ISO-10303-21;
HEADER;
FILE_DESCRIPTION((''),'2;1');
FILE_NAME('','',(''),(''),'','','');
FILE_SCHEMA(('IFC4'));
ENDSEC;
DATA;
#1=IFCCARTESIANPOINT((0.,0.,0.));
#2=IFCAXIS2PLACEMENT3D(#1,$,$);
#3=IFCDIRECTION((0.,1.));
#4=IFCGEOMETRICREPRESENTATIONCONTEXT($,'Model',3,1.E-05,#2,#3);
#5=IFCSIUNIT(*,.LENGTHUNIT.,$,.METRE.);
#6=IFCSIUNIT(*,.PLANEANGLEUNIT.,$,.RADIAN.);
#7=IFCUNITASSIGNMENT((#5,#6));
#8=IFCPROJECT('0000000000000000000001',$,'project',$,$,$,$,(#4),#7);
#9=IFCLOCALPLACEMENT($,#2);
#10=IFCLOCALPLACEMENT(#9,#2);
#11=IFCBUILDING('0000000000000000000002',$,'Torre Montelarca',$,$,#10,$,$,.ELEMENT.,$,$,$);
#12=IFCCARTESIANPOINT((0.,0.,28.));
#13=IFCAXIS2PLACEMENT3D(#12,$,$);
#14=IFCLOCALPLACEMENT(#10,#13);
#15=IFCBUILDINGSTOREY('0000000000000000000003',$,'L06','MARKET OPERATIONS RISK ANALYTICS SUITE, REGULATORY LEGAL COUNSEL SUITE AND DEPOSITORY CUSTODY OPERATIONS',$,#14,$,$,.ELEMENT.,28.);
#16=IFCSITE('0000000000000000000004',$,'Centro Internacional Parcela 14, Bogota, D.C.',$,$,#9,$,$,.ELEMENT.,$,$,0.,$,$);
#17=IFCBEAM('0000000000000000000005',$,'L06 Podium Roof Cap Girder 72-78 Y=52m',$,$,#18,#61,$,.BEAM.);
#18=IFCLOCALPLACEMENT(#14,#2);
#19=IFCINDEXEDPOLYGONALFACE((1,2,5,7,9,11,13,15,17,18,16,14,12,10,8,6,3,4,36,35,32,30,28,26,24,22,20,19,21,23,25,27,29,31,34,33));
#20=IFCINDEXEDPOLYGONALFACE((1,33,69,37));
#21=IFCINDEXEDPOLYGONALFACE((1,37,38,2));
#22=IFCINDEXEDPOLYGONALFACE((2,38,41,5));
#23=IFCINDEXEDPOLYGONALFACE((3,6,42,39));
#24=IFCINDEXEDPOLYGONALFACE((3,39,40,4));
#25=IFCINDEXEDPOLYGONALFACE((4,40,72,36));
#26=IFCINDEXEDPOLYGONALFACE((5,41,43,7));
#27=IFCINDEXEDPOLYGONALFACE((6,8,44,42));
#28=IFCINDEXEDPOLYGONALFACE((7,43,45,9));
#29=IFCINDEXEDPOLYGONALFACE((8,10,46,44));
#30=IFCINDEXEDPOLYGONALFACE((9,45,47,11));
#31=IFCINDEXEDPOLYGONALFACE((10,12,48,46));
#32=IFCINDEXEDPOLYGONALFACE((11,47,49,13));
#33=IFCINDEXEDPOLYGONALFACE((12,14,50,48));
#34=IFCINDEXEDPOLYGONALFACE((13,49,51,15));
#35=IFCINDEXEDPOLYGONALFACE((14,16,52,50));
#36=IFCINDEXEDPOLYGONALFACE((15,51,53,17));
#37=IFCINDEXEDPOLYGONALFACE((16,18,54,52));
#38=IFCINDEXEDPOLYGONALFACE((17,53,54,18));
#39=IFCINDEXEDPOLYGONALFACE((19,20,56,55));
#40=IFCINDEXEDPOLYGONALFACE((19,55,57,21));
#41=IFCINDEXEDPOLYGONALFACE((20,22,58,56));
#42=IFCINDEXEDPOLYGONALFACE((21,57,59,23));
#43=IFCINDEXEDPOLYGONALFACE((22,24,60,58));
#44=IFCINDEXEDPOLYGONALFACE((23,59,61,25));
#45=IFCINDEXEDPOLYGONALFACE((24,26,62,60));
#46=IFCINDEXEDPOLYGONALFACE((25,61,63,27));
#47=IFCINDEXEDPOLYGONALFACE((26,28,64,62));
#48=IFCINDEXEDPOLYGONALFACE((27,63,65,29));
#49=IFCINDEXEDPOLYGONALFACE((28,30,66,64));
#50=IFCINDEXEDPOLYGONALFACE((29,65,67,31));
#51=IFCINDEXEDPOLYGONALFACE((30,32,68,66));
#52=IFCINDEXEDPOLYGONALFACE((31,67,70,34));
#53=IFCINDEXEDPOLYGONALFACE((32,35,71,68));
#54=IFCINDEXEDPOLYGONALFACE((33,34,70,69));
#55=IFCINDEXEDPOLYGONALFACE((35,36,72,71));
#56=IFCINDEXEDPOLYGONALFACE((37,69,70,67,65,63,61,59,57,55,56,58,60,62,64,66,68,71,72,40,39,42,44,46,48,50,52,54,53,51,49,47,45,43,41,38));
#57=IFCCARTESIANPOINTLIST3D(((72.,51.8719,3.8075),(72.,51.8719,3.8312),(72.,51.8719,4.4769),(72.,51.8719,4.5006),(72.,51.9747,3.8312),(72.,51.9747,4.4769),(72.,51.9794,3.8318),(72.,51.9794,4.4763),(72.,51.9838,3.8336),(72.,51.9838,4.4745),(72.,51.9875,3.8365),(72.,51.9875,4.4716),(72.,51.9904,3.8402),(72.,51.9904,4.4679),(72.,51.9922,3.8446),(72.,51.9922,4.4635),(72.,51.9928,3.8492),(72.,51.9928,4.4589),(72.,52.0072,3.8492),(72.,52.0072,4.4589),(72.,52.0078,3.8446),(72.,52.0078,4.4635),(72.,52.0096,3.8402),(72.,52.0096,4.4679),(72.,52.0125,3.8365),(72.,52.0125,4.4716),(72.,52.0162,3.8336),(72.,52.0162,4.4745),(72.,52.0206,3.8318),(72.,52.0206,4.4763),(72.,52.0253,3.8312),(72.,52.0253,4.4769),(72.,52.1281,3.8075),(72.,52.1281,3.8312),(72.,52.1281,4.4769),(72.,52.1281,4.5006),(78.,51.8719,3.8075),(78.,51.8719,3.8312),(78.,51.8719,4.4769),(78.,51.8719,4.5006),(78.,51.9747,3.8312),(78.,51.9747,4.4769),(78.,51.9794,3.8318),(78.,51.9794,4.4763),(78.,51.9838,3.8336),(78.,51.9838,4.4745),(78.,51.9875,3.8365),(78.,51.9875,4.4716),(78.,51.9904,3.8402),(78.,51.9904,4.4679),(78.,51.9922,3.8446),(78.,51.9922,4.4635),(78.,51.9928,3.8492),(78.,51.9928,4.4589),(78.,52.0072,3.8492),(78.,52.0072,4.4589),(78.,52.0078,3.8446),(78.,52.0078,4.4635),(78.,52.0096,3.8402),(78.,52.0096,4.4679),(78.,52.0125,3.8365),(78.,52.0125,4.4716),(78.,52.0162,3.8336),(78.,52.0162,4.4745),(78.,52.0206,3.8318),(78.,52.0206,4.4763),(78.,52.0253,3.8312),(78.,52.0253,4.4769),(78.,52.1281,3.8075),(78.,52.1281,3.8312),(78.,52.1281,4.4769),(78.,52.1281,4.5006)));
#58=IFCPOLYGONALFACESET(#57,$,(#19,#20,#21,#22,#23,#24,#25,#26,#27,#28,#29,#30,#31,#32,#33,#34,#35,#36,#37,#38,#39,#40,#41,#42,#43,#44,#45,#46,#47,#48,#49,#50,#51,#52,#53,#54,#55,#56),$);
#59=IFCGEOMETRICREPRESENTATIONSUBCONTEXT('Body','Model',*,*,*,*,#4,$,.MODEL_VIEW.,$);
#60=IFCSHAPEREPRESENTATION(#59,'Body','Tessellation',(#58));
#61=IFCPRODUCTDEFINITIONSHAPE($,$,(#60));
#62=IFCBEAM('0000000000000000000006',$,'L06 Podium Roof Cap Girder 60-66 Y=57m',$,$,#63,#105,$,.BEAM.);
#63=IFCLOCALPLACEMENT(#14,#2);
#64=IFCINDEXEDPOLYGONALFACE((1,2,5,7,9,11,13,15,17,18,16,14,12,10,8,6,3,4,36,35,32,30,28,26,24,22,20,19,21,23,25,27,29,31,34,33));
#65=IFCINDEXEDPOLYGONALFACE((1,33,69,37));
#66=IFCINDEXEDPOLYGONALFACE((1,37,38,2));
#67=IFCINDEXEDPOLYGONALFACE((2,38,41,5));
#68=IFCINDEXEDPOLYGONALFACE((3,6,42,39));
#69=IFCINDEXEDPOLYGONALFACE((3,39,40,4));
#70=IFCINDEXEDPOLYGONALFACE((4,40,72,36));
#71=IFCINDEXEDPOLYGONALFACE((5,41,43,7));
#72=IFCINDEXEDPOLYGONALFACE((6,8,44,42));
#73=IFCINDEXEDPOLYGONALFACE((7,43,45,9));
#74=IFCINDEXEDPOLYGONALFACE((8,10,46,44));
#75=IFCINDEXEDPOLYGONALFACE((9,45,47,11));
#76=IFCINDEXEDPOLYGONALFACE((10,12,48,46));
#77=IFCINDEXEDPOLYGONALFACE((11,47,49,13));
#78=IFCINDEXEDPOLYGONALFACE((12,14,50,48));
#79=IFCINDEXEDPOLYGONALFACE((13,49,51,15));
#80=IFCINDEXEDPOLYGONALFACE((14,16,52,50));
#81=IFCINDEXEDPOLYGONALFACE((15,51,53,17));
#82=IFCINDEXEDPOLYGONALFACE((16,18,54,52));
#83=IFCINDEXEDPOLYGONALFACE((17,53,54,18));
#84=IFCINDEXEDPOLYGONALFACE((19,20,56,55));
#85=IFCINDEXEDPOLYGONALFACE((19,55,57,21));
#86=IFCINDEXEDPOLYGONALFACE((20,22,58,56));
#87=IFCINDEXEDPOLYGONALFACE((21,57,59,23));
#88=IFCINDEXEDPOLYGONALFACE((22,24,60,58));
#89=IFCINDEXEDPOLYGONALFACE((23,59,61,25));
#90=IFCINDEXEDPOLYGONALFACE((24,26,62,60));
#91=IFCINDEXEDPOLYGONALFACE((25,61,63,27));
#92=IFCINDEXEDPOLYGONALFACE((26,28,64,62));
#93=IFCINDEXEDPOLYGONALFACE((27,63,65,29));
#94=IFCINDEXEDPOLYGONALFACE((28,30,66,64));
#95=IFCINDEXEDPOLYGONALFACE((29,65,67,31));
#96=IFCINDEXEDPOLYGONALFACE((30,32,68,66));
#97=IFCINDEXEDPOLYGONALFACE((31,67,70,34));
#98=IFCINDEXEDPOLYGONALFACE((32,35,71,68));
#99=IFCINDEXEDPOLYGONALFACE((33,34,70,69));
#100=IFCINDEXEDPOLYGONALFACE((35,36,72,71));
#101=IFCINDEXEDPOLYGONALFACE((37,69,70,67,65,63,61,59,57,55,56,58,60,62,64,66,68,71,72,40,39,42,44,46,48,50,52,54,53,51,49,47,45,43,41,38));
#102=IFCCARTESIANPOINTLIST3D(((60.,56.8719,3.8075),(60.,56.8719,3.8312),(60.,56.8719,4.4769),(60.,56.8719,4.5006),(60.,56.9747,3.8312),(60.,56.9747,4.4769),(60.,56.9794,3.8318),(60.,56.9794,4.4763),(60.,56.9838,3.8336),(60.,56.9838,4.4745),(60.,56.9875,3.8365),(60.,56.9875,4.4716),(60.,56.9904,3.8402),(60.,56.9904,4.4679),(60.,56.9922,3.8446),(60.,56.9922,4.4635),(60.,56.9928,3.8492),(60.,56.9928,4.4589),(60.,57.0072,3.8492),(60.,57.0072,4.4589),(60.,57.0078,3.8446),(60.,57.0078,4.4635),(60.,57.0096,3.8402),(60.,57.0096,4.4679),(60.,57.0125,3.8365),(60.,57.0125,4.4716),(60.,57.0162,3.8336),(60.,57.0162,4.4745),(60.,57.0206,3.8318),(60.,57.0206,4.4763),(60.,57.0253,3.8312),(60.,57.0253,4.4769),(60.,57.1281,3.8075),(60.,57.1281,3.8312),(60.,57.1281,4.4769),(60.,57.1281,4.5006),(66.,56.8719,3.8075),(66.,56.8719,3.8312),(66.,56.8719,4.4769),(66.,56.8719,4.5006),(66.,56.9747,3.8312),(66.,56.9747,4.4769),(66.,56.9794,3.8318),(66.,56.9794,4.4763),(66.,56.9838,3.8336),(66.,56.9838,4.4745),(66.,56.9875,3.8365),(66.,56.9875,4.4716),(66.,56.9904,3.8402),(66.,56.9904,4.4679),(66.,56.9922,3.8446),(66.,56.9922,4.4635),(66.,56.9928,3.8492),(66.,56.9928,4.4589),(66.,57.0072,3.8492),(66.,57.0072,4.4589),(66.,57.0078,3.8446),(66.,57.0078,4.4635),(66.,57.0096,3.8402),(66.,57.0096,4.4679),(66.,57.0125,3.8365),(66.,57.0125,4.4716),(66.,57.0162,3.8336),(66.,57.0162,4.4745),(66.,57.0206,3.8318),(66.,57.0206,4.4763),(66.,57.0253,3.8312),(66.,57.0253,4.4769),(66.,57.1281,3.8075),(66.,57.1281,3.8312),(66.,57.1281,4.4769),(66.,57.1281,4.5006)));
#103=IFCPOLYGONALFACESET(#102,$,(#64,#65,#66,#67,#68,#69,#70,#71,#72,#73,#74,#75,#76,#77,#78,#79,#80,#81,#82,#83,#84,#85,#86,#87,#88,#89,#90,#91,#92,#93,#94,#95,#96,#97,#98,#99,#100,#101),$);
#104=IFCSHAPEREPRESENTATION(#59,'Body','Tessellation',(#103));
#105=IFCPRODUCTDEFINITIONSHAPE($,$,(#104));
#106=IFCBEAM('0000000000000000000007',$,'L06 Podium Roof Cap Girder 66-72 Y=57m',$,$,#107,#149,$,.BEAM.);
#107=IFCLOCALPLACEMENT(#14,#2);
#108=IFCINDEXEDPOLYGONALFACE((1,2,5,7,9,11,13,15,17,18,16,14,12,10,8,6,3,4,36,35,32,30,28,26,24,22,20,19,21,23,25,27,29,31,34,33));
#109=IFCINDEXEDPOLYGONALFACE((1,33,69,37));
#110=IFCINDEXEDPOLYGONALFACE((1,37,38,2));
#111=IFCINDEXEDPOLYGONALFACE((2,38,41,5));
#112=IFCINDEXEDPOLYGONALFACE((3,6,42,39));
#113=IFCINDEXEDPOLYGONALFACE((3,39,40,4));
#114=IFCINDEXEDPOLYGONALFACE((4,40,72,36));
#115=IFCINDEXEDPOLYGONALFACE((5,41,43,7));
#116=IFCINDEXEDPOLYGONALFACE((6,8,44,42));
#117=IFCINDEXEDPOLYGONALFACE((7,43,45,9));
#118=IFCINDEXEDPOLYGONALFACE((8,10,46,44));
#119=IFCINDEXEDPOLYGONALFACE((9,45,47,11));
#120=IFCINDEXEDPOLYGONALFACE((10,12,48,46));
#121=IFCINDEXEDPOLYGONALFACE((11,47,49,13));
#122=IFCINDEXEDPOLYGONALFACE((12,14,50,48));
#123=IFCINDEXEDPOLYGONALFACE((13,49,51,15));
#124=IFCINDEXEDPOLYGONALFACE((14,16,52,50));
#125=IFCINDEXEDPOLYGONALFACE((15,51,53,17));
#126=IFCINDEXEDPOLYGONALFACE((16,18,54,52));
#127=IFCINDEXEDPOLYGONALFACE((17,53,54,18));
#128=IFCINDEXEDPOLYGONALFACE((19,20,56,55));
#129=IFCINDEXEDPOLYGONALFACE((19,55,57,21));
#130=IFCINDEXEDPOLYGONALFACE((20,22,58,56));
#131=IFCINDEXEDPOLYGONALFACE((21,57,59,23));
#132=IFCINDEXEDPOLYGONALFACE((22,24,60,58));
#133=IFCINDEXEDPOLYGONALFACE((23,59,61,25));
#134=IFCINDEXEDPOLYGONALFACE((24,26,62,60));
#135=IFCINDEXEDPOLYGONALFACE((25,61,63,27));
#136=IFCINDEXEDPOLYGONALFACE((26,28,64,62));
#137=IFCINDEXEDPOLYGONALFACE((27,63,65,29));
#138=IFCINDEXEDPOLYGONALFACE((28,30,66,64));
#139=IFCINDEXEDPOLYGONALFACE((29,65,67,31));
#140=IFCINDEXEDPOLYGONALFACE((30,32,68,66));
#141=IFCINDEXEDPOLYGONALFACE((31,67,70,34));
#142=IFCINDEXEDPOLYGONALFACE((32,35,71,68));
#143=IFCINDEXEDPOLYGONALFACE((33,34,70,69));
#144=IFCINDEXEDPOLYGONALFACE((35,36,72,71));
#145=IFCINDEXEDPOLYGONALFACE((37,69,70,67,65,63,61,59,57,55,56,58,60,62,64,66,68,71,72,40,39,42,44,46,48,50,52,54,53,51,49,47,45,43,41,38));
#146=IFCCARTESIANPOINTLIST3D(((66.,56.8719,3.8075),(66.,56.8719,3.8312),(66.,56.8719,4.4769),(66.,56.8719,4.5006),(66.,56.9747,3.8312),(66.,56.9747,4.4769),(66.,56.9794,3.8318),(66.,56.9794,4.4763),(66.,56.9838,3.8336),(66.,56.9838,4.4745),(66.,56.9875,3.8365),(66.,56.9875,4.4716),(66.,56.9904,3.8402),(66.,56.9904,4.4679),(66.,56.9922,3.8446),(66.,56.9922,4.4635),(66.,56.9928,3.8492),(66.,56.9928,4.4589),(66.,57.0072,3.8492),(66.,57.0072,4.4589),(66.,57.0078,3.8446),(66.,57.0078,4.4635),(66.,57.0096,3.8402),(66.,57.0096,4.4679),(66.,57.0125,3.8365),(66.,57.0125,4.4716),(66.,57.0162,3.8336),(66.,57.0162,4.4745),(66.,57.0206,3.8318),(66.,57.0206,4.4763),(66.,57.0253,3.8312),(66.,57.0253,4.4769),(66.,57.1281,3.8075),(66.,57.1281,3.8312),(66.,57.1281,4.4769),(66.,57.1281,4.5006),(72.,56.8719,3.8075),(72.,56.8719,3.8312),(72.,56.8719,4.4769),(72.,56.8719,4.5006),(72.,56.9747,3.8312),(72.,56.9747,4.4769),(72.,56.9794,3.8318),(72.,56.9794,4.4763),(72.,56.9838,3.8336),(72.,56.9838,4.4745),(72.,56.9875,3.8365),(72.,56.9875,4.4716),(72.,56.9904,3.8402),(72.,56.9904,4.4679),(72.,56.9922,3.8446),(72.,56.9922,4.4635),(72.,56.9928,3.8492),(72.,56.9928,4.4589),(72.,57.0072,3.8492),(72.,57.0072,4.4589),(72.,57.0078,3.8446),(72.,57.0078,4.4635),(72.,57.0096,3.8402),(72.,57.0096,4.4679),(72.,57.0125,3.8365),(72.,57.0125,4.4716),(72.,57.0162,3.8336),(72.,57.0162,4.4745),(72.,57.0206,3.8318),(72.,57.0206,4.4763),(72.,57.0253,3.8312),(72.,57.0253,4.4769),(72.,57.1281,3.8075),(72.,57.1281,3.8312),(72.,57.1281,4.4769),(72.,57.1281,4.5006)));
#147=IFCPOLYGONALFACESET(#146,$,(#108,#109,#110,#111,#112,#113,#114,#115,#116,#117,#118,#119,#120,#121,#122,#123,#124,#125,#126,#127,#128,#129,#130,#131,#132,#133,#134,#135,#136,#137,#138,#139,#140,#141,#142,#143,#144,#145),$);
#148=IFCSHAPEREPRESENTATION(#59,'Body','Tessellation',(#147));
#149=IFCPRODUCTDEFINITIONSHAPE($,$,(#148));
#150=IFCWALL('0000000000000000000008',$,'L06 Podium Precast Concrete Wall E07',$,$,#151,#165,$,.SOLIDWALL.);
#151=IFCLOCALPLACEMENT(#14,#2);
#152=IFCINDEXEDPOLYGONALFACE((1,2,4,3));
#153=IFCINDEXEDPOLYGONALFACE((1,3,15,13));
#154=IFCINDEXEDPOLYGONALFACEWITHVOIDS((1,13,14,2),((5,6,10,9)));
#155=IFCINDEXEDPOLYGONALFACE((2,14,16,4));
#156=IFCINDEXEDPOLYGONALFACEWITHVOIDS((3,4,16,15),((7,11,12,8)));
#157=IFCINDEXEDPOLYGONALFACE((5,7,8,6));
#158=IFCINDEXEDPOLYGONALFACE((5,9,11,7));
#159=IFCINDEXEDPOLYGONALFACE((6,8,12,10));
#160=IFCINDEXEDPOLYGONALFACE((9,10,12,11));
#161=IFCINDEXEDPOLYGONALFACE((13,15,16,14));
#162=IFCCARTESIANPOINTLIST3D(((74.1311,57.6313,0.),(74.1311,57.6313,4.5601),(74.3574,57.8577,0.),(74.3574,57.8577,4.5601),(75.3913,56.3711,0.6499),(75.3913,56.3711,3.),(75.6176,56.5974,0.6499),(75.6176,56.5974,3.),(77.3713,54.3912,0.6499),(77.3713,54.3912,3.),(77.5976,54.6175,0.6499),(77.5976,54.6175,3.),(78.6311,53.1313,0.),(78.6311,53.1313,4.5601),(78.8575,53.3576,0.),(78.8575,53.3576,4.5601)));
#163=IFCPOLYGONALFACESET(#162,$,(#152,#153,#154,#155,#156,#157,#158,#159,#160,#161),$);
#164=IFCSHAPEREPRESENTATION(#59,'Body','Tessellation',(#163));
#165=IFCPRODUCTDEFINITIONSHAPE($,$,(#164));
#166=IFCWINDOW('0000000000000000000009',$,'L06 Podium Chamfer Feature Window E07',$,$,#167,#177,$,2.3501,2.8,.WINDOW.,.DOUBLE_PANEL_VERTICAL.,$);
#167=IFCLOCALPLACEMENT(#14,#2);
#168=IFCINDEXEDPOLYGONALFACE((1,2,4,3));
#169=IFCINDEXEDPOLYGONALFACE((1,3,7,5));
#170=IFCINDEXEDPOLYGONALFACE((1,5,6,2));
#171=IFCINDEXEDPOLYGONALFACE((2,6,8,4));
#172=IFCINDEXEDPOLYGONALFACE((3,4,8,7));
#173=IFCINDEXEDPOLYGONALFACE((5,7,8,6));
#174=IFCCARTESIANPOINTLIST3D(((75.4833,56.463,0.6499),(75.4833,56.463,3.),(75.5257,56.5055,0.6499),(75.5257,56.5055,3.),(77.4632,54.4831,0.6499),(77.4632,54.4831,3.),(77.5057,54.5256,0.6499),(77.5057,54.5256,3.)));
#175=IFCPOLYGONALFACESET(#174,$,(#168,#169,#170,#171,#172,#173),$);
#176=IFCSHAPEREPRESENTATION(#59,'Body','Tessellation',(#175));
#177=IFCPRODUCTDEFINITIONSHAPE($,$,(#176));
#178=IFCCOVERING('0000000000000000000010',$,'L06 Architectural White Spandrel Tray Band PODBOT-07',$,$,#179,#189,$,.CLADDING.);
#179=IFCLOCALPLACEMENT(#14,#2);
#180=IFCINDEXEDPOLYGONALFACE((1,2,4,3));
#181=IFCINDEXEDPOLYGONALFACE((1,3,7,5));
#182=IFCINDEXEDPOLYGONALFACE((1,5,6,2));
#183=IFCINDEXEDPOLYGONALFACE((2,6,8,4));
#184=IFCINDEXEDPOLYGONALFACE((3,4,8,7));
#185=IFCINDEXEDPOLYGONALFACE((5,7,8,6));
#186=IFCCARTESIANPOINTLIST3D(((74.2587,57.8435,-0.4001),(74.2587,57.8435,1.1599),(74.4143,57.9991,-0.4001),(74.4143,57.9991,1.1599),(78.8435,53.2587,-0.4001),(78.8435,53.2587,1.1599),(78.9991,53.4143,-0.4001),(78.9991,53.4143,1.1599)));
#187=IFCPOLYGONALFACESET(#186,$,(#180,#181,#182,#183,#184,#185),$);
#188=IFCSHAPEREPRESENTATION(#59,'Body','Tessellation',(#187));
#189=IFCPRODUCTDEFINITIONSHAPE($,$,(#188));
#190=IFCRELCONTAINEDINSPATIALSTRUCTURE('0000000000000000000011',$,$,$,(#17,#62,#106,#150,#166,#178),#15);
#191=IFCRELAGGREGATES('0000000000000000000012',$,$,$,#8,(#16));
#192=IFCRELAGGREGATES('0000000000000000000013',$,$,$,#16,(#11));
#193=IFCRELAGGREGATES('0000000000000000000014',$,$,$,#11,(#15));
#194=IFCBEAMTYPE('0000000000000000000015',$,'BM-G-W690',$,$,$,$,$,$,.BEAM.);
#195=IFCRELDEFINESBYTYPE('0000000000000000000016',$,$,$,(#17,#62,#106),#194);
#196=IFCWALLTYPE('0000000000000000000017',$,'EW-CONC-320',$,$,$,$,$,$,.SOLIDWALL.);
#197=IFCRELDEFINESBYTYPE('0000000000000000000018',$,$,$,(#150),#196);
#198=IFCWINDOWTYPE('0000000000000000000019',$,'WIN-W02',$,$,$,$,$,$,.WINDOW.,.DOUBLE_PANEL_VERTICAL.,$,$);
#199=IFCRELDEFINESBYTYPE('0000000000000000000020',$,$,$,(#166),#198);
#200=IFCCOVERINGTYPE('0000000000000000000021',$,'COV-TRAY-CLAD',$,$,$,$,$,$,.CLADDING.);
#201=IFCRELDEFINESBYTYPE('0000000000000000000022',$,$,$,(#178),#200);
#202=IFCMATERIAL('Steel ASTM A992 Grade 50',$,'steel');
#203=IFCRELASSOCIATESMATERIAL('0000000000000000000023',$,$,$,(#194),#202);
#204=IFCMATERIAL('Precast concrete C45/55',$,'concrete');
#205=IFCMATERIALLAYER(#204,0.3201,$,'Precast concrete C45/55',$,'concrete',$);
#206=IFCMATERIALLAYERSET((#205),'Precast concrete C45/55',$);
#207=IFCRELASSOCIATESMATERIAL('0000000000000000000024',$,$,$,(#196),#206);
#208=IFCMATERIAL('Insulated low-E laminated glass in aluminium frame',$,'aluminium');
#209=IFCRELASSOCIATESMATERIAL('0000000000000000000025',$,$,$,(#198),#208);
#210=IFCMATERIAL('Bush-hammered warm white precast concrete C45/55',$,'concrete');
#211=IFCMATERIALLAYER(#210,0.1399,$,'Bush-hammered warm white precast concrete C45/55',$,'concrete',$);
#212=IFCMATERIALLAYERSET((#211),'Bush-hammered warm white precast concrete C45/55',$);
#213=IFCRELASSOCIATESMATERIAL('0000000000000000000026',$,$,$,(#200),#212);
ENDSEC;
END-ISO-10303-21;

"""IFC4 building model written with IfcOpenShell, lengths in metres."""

from ifc_helpers import new_model, si_unit, direction, frame, frame_2d, origin, origin_2d, place, context, subcontext, project, spatial, rectangle, i_section, extrude, source, transform, mapped, material, layer, layer_set, material_profile, profile_set, type_object, element, fill, save


model = new_model("IFC4")

# Units and contexts
model_context = context("Model", 3, precision=1e-05, world=origin(), true_north=direction((0.0, 1.0)))
body_context = subcontext(model_context, "Body", "Model", "MODEL_VIEW")
ifc_project = project(units=[si_unit("LENGTHUNIT", "METRE"), si_unit("PLANEANGLEUNIT", "RADIAN")], contexts=[model_context])

# Site, building, storey
site_placement = place(None, origin())
site = spatial("IfcSite", under=ifc_project, at=site_placement, Name="Centro Internacional Parcela 14, Bogota, D.C.", CompositionType="ELEMENT", RefElevation=0.0)
building_placement = place(site_placement, origin())
building = spatial("IfcBuilding", under=site, at=building_placement, Name="Torre Montelarca", CompositionType="ELEMENT")
storey_placement = place(building_placement, frame((0.0, 0.0, 28.0)))
storey = spatial("IfcBuildingStorey", under=building, at=storey_placement, Name="L06", Description="MARKET OPERATIONS RISK ANALYTICS SUITE, REGULATORY LEGAL COUNSEL SUITE AND DEPOSITORY CUSTODY OPERATIONS", CompositionType="ELEMENT", Elevation=28.0)

# Beams
ifc_material_1 = material(Name="Steel ASTM A992 Grade 50", Category="steel")
ifc_material_profile_1 = material_profile(ifc_material_1, i_section(OverallWidth=0.2561, OverallDepth=0.6931, WebThickness=0.0144, FlangeThickness=0.0237, FilletRadius=0.0181, at=origin_2d()), Name="W690X170", Category="steel")
ifc_profile_set_1 = profile_set([ifc_material_profile_1], Name="Steel ASTM A992 Grade 50")
beam_type = type_object("IfcBeamType", Name="BM-G-W690", PredefinedType="BEAM", material=ifc_profile_set_1)
shared_shape_1 = source(origin(), body_context, "Body", "SweptSolid", [
    extrude(i_section(OverallWidth=0.2561, OverallDepth=0.6931, WebThickness=0.0144, FlangeThickness=0.0237, FilletRadius=0.0181, at=origin_2d()), origin(), (0.0, 0.0, 1.0), 6.0),
])
for number, where, z_axis, x_axis, name in (
    (1, (72.0, 52.0, 4.1541), (1.0, 0.0, 0.0), (0.0, 1.0, 0.0), "L06 Podium Roof Cap Girder 72-78 Y=52m"),
    (2, (60.0, 57.0, 4.1541), (1.0, 0.0, 0.0), (0.0, 1.0, 0.0), "L06 Podium Roof Cap Girder 60-66 Y=57m"),
    (3, (66.0, 57.0, 4.1541), (1.0, 0.0, 0.0), (0.0, 1.0, 0.0), "L06 Podium Roof Cap Girder 66-72 Y=57m"),
):
    element("IfcBeam", number, at=place(storey_placement, frame(where, z_axis=z_axis, x_axis=x_axis)), inside=storey, type_object=beam_type, Name=name, PredefinedType="BEAM", context=body_context, shape_type="MappedRepresentation", body=[
        mapped(shared_shape_1, transform((0.0, 0.0, 0.0), scale=1.0)),
    ])

# Wall, opening, window
ifc_material_2 = material(Name="Precast concrete C45/55", Category="concrete")
ifc_layer_1 = layer(ifc_material_2, 0.3201, Name="Precast concrete C45/55", Category="concrete")
ifc_layer_set_1 = layer_set([ifc_layer_1], Name="Precast concrete C45/55")
wall_type = type_object("IfcWallType", Name="EW-CONC-320", PredefinedType="SOLIDWALL", material=ifc_layer_set_1)
wall_placement = place(storey_placement, frame((78.7444, 53.2444, 0.0), z_axis=(0.0, 0.0, 1.0), x_axis=(-0.707107, 0.707107, 0.0)))
wall = element("IfcWall", 4, at=wall_placement, inside=storey, type_object=wall_type, Name="L06 Podium Precast Concrete Wall E07", PredefinedType="SOLIDWALL", context=body_context, shape_type="SweptSolid", body=[
    extrude(rectangle(XDim=6.364, YDim=0.3201, at=frame_2d((3.1821, 0.0))), origin(), (0.0, 0.0, 1.0), 4.5601),
])
opening_placement = place(wall_placement, frame((1.782, 0.0, 0.6499)))
opening = element("IfcOpeningElement", 5, at=opening_placement, cuts=wall, PredefinedType="OPENING", context=body_context, shape_type="SweptSolid", body=[
    extrude(rectangle(XDim=2.8, YDim=2.3501, at=frame_2d((1.3999, 1.175))), frame((0.0, 0.1699, 0.0), z_axis=(0.0, -1.0, 0.0), x_axis=(1.0, 0.0, 0.0)), (0.0, 0.0, 1.0), 0.3401),
])
ifc_material_3 = material(Name="Insulated low-E laminated glass in aluminium frame", Category="aluminium")
window_type = type_object("IfcWindowType", Name="WIN-W02", PartitioningType="DOUBLE_PANEL_VERTICAL", PredefinedType="WINDOW", material=ifc_material_3)
shared_shape_2 = source(origin(), body_context, "Body", "SweptSolid", [
    extrude(rectangle(XDim=2.8, YDim=2.3501, at=frame_2d((1.3999, 1.175))), frame((0.0, 0.03, 0.0), z_axis=(0.0, -1.0, 0.0), x_axis=(1.0, 0.0, 0.0)), (0.0, 0.0, 1.0), 0.0601),
])
window_placement = place(opening_placement, origin())
window = element("IfcWindow", 6, at=window_placement, inside=storey, type_object=window_type, Name="L06 Podium Chamfer Feature Window E07", OverallHeight=2.3501, OverallWidth=2.8, PartitioningType="DOUBLE_PANEL_VERTICAL", PredefinedType="WINDOW", context=body_context, shape_type="MappedRepresentation", body=[
    mapped(shared_shape_2, transform((0.0, 0.0, 0.0), scale=1.0)),
])
fill(opening, window)

# Covering
ifc_material_4 = material(Name="Bush-hammered warm white precast concrete C45/55", Category="concrete")
ifc_layer_2 = layer(ifc_material_4, 0.1399, Name="Bush-hammered warm white precast concrete C45/55", Category="concrete")
ifc_layer_set_2 = layer_set([ifc_layer_2], Name="Bush-hammered warm white precast concrete C45/55")
covering_type = type_object("IfcCoveringType", Name="COV-TRAY-CLAD", PredefinedType="CLADDING", material=ifc_layer_set_2)
shared_shape_3 = source(origin(), body_context, "Body", "SweptSolid", [
    extrude(rectangle(XDim=6.4839, YDim=0.22, at=origin_2d()), origin(), (0.0, 0.0, 1.0), 1.5601),
])
covering_1_placement = place(storey_placement, frame((76.6289, 55.6289, -0.4001), z_axis=(0.0, 0.0, 1.0), x_axis=(-0.707107, 0.707107, 0.0)))
element("IfcCovering", 7, at=covering_1_placement, inside=storey, type_object=covering_type, Name="L06 Architectural White Spandrel Tray Band PODBOT-07", PredefinedType="CLADDING", context=body_context, shape_type="MappedRepresentation", body=[
    mapped(shared_shape_3, transform((0.0, 0.0, 0.0), scale=1.0)),
])

save(model, "model.ifc")
